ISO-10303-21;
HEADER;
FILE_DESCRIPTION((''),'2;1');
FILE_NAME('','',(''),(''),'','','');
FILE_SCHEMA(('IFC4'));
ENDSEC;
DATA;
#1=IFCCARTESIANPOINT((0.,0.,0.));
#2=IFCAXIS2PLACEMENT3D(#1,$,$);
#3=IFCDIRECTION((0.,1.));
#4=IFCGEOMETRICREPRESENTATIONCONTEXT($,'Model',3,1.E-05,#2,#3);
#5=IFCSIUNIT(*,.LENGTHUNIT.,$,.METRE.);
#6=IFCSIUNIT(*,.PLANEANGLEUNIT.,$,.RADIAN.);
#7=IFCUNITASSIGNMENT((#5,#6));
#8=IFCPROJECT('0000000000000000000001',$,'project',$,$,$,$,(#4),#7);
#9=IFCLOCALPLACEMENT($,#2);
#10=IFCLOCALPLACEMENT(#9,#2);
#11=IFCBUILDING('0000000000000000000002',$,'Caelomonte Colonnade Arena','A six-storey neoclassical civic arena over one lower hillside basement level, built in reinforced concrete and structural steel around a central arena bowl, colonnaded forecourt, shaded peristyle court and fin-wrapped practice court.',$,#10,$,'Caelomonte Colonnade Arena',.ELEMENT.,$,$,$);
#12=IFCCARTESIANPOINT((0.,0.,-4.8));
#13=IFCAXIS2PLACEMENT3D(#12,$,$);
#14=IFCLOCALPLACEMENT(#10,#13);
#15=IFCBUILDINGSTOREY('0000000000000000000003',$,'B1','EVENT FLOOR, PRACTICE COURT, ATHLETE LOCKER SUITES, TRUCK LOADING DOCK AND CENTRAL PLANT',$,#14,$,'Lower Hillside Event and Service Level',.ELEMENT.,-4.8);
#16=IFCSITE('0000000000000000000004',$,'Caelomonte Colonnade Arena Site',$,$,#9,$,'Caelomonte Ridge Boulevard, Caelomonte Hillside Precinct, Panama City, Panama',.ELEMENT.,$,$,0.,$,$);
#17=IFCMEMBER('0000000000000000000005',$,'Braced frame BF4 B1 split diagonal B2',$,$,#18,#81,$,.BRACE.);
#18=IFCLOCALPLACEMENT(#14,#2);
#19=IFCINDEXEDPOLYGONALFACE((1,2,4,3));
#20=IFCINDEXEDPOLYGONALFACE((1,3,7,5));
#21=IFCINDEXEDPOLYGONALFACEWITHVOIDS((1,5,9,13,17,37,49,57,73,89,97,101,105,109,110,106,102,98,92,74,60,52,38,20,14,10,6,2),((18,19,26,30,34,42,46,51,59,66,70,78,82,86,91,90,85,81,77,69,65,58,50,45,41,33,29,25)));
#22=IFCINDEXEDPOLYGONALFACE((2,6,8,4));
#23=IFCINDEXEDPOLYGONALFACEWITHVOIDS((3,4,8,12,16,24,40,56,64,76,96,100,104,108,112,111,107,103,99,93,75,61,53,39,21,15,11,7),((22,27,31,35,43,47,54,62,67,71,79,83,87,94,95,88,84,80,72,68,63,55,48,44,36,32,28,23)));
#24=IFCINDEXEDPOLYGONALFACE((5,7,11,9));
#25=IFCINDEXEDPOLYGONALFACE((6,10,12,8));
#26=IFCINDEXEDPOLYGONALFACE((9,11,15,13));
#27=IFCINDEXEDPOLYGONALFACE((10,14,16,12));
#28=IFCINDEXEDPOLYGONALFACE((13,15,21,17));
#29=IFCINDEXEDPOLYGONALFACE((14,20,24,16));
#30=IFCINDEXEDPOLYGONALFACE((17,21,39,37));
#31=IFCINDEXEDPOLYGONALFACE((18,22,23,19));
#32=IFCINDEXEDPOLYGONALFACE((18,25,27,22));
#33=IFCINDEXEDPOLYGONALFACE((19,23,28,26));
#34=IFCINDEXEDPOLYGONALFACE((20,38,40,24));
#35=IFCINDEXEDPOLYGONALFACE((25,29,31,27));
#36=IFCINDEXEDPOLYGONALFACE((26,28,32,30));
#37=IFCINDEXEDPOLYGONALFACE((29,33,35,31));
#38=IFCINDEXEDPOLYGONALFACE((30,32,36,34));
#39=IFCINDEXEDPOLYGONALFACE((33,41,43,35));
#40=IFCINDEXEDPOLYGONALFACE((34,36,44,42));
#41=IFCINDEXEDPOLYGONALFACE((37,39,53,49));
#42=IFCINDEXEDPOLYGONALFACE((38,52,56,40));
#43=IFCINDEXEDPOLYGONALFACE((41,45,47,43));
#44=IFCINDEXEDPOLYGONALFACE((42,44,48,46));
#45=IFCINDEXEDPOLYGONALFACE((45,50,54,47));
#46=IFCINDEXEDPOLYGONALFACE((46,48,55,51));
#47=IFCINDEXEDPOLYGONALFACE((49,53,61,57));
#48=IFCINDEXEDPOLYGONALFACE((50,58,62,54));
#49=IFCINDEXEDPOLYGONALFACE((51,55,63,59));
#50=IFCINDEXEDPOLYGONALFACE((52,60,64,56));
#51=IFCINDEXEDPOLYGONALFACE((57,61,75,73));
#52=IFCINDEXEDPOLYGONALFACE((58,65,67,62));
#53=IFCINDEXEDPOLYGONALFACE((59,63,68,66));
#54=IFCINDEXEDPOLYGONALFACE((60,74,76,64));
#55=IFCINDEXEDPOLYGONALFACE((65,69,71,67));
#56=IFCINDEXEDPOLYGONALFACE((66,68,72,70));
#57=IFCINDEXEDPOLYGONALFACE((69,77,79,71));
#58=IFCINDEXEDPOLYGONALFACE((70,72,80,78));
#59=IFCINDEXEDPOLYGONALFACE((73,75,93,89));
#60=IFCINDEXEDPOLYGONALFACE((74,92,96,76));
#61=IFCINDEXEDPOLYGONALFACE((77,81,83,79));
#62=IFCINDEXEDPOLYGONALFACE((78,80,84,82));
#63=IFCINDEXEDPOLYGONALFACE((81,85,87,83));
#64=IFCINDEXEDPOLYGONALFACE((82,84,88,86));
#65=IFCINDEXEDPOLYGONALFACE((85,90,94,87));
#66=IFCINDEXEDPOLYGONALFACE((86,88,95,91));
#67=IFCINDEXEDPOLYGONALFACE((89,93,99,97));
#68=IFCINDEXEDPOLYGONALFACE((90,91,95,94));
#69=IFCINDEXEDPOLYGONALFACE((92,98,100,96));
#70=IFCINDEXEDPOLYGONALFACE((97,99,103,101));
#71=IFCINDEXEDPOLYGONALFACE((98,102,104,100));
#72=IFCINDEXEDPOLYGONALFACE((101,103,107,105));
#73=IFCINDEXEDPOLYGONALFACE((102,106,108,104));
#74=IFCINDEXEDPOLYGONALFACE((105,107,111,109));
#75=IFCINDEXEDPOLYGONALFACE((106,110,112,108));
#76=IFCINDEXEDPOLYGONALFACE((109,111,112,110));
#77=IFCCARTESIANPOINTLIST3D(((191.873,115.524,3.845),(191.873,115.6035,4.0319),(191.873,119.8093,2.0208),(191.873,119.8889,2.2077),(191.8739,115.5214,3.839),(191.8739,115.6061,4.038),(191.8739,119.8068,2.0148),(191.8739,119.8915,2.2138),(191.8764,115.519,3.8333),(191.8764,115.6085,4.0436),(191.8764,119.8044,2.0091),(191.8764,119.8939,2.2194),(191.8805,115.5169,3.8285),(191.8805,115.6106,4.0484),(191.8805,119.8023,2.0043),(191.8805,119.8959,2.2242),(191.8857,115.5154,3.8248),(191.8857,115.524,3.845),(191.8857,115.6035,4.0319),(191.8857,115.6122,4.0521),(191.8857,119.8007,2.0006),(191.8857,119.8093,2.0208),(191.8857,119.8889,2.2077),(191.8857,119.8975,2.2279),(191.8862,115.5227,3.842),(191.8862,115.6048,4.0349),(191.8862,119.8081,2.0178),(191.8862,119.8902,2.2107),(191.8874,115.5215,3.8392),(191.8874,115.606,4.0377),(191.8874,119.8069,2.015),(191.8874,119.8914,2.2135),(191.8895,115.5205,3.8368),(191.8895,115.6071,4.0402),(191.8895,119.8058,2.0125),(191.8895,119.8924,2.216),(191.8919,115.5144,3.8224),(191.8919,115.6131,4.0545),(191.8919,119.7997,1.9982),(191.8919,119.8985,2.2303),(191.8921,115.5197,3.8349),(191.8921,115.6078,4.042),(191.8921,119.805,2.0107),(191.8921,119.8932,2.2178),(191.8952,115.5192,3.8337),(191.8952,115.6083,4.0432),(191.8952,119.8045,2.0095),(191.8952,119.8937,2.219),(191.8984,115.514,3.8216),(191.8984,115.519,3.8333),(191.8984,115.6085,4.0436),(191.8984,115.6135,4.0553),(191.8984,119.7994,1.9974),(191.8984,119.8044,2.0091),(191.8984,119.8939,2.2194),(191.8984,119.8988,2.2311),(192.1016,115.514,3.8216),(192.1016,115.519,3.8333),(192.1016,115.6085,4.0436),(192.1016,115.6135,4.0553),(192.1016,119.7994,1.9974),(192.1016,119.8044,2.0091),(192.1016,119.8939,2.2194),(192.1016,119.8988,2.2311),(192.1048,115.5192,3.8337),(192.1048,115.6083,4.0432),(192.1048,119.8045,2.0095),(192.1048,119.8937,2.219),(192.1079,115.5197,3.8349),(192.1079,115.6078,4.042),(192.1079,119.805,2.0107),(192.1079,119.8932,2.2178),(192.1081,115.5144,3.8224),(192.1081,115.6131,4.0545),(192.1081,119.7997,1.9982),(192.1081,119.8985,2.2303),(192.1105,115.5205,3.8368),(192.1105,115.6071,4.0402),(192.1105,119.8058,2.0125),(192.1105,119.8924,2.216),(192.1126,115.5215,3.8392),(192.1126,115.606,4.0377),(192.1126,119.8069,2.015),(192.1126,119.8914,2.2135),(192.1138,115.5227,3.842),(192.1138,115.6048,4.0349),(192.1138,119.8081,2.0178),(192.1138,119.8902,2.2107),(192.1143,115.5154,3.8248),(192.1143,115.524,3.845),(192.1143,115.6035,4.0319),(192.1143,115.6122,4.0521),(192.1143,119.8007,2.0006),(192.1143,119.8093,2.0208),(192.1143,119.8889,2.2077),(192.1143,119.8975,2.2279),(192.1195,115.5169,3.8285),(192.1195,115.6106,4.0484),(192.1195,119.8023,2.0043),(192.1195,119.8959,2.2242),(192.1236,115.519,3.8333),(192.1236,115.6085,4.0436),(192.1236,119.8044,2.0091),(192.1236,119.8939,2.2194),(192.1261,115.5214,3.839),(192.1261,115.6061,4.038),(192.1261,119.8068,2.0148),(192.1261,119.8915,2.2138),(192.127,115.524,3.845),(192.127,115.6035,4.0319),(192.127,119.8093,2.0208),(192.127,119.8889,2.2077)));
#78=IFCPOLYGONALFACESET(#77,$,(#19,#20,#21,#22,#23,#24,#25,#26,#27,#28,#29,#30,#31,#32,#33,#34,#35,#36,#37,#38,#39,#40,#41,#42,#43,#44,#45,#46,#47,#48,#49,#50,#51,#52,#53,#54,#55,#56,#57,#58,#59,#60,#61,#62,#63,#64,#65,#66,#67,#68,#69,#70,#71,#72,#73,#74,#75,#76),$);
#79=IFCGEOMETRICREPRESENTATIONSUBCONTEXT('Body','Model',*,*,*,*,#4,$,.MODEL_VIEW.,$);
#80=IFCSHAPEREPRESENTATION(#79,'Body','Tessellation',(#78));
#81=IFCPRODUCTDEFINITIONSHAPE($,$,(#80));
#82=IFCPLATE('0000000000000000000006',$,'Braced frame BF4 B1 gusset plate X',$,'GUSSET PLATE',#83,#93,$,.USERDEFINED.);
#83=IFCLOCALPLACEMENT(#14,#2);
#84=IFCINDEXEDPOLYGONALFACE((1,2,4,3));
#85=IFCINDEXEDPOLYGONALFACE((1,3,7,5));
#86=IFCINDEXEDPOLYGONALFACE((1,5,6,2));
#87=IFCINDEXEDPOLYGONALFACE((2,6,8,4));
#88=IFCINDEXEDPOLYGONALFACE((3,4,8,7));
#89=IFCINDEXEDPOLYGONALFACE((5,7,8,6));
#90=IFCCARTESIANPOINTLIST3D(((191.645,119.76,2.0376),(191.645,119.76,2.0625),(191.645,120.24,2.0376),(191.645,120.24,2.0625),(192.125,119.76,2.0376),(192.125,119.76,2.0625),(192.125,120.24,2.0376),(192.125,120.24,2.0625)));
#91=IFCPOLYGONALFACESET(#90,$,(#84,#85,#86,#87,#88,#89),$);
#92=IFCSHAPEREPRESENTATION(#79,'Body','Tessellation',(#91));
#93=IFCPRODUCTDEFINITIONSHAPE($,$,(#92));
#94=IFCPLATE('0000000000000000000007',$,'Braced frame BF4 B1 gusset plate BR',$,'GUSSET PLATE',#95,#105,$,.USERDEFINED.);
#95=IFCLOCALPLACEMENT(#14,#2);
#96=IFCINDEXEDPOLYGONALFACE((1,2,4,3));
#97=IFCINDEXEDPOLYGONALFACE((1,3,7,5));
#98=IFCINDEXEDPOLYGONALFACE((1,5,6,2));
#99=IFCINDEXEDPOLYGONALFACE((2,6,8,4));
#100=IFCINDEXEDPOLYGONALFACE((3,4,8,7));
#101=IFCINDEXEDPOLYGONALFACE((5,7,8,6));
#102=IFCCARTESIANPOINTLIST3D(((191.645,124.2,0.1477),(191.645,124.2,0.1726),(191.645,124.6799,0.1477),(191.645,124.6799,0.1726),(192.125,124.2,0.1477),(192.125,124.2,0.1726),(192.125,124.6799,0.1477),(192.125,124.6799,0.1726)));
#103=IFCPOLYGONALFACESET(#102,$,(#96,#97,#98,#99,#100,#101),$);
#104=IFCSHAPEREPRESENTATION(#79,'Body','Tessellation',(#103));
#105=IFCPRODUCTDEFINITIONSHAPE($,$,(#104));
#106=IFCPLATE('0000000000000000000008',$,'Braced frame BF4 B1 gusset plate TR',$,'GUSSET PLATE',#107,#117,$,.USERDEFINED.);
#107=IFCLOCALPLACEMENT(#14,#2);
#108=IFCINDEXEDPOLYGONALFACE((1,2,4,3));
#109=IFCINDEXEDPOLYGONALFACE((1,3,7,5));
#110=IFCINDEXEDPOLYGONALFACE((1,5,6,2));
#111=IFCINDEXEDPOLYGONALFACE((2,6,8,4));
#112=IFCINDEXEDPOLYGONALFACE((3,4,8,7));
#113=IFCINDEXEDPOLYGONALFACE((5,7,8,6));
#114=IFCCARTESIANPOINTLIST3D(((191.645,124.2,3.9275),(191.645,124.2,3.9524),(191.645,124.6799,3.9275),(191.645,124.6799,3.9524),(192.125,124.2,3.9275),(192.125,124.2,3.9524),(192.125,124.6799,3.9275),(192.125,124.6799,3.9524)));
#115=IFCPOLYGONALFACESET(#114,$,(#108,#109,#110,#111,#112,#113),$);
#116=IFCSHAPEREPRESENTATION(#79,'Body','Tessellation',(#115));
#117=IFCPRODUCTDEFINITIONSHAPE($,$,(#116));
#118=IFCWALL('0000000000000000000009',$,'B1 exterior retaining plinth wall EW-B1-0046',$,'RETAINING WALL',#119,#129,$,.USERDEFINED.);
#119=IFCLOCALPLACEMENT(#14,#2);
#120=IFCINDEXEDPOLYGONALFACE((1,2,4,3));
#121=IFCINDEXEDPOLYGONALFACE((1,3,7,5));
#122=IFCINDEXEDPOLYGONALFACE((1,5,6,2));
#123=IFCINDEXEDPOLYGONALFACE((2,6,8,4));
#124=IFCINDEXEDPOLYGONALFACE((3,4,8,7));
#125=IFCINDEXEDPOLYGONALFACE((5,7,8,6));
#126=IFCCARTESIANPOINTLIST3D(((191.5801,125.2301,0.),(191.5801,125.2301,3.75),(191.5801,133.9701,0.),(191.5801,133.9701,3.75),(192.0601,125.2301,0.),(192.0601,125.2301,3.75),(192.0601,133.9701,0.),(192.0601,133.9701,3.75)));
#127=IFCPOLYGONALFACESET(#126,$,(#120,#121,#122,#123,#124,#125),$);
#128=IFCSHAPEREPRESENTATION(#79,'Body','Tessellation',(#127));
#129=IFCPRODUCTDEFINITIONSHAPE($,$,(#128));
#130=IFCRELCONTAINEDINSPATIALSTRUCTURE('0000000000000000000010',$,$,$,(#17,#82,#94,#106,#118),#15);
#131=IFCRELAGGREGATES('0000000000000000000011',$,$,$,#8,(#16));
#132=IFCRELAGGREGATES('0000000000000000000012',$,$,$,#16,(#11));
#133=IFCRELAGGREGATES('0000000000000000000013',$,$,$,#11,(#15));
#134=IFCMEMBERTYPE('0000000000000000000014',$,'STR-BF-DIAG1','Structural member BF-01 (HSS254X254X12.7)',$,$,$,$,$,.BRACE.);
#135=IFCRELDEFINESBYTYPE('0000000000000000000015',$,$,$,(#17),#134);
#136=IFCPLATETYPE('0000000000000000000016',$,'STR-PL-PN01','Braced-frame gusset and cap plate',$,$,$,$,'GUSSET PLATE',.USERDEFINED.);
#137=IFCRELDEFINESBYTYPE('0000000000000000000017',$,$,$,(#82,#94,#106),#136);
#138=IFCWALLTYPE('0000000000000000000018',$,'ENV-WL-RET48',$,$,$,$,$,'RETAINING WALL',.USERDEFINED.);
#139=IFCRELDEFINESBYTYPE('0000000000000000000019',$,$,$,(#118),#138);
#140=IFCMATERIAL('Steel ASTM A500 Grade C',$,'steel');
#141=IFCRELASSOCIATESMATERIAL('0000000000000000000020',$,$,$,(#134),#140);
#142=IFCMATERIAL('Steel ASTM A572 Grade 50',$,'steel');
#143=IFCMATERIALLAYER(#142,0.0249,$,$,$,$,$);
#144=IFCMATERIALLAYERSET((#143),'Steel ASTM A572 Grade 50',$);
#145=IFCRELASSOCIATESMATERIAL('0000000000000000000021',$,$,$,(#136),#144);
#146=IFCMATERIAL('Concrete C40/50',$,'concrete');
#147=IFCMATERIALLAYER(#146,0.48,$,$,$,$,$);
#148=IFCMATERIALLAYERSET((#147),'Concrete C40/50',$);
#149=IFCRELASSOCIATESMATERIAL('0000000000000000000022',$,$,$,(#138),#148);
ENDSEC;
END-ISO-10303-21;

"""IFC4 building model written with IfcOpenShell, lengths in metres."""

from ifc_helpers import new_model, si_unit, direction, frame, frame_2d, origin, origin_2d, place, context, subcontext, project, spatial, rectangle, hollow_rectangle, extrude, material, layer, layer_set, material_profile, profile_set, type_object, element, save


model = new_model("IFC4")

# Units and contexts
model_context = context("Model", 3, precision=1e-05, world=origin(), true_north=direction((0.0, 1.0)))
body_context = subcontext(model_context, "Body", "Model", "MODEL_VIEW")
ifc_project = project(units=[si_unit("LENGTHUNIT", "METRE"), si_unit("PLANEANGLEUNIT", "RADIAN")], contexts=[model_context])

# Site, building, storey
site_placement = place(None, origin())
site = spatial("IfcSite", under=ifc_project, at=site_placement, Name="Caelomonte Colonnade Arena Site", LongName="Caelomonte Ridge Boulevard, Caelomonte Hillside Precinct, Panama City, Panama", CompositionType="ELEMENT", RefElevation=0.0)
building_placement = place(site_placement, origin())
building = spatial("IfcBuilding", under=site, at=building_placement, Name="Caelomonte Colonnade Arena", Description="A six-storey neoclassical civic arena over one lower hillside basement level, built in reinforced concrete and structural steel around a central arena bowl, colonnaded forecourt, shaded peristyle court and fin-wrapped practice court.", LongName="Caelomonte Colonnade Arena", CompositionType="ELEMENT")
storey_placement = place(building_placement, frame((0.0, 0.0, -4.8)))
storey = spatial("IfcBuildingStorey", under=building, at=storey_placement, Name="B1", Description="EVENT FLOOR, PRACTICE COURT, ATHLETE LOCKER SUITES, TRUCK LOADING DOCK AND CENTRAL PLANT", LongName="Lower Hillside Event and Service Level", CompositionType="ELEMENT", Elevation=-4.8)

# Shared definitions
ifc_material_1 = material(Name="Concrete C40/50", Category="concrete")

# Member
ifc_material_2 = material(Name="Steel ASTM A500 Grade C", Category="steel")
ifc_material_profile_1 = material_profile(ifc_material_2, hollow_rectangle(XDim=0.2539, YDim=0.2539, WallThickness=0.0127, InnerFilletRadius=0.0127, OuterFilletRadius=0.0254, at=origin_2d()), Name="HSS254X254X12.7")
ifc_profile_set_1 = profile_set([ifc_material_profile_1], Name="Steel ASTM A500 Grade C")
member_type = type_object("IfcMemberType", Name="STR-BF-DIAG1", Description="Structural member BF-01 (HSS254X254X12.7)", PredefinedType="BRACE", material=ifc_profile_set_1)
for number, where, z_axis, x_axis, name in (
    (1, (192.0, 119.8491, 2.1143), (0.0, -0.920105, 0.391672), (1.0, 0.0, 0.0), "Braced frame BF4 B1 split diagonal B2"),
):
    element("IfcMember", number, at=place(storey_placement, frame(where, z_axis=z_axis, x_axis=x_axis)), inside=storey, type_object=member_type, Name=name, PredefinedType="BRACE", context=body_context, shape_type="SweptSolid", body=[
        extrude(hollow_rectangle(XDim=0.2539, YDim=0.2539, WallThickness=0.0127, InnerFilletRadius=0.0127, OuterFilletRadius=0.0254, at=origin_2d()), origin(), (0.0, 0.0, 1.0), 4.6575),
    ])

# Plates
ifc_material_3 = material(Name="Steel ASTM A572 Grade 50", Category="steel")
ifc_layer_1 = layer(ifc_material_3, 0.0249)
ifc_layer_set_1 = layer_set([ifc_layer_1], Name="Steel ASTM A572 Grade 50")
plate_type = type_object("IfcPlateType", Name="STR-PL-PN01", Description="Braced-frame gusset and cap plate", ElementType="GUSSET PLATE", PredefinedType="USERDEFINED", material=ifc_layer_set_1)
for number, where, z_axis, x_axis, name in (
    (2, (191.885, 120.0, 2.0376), (0.0, 0.0, 1.0), (1.0, 0.0, 0.0), "Braced frame BF4 B1 gusset plate X"),
    (3, (191.885, 124.4399, 0.1477), (0.0, 0.0, 1.0), (1.0, 0.0, 0.0), "Braced frame BF4 B1 gusset plate BR"),
    (4, (191.885, 124.4399, 3.9275), (0.0, 0.0, 1.0), (1.0, 0.0, 0.0), "Braced frame BF4 B1 gusset plate TR"),
):
    element("IfcPlate", number, at=place(storey_placement, frame(where, z_axis=z_axis, x_axis=x_axis)), inside=storey, type_object=plate_type, Name=name, ObjectType="GUSSET PLATE", PredefinedType="USERDEFINED", context=body_context, shape_type="SweptSolid", body=[
        extrude(rectangle(XDim=0.48, YDim=0.48, at=origin_2d()), origin(), (0.0, 0.0, 1.0), 0.0249),
    ])

# Wall
ifc_layer_2 = layer(ifc_material_1, 0.48)
ifc_layer_set_2 = layer_set([ifc_layer_2], Name="Concrete C40/50")
wall_type = type_object("IfcWallType", Name="ENV-WL-RET48", ElementType="RETAINING WALL", PredefinedType="USERDEFINED", material=ifc_layer_set_2)
wall_placement = place(storey_placement, frame((191.8201, 125.23, 0.0), z_axis=(0.0, 0.0, 1.0), x_axis=(0.0, 1.0, 0.0)))
element("IfcWall", 5, at=wall_placement, inside=storey, type_object=wall_type, Name="B1 exterior retaining plinth wall EW-B1-0046", ObjectType="RETAINING WALL", PredefinedType="USERDEFINED", context=body_context, shape_type="SweptSolid", body=[
    extrude(rectangle(XDim=8.74, YDim=0.48, at=frame_2d((4.3701, 0.0))), origin(), (0.0, 0.0, 1.0), 3.75),
])

save(model, "model.ifc")
